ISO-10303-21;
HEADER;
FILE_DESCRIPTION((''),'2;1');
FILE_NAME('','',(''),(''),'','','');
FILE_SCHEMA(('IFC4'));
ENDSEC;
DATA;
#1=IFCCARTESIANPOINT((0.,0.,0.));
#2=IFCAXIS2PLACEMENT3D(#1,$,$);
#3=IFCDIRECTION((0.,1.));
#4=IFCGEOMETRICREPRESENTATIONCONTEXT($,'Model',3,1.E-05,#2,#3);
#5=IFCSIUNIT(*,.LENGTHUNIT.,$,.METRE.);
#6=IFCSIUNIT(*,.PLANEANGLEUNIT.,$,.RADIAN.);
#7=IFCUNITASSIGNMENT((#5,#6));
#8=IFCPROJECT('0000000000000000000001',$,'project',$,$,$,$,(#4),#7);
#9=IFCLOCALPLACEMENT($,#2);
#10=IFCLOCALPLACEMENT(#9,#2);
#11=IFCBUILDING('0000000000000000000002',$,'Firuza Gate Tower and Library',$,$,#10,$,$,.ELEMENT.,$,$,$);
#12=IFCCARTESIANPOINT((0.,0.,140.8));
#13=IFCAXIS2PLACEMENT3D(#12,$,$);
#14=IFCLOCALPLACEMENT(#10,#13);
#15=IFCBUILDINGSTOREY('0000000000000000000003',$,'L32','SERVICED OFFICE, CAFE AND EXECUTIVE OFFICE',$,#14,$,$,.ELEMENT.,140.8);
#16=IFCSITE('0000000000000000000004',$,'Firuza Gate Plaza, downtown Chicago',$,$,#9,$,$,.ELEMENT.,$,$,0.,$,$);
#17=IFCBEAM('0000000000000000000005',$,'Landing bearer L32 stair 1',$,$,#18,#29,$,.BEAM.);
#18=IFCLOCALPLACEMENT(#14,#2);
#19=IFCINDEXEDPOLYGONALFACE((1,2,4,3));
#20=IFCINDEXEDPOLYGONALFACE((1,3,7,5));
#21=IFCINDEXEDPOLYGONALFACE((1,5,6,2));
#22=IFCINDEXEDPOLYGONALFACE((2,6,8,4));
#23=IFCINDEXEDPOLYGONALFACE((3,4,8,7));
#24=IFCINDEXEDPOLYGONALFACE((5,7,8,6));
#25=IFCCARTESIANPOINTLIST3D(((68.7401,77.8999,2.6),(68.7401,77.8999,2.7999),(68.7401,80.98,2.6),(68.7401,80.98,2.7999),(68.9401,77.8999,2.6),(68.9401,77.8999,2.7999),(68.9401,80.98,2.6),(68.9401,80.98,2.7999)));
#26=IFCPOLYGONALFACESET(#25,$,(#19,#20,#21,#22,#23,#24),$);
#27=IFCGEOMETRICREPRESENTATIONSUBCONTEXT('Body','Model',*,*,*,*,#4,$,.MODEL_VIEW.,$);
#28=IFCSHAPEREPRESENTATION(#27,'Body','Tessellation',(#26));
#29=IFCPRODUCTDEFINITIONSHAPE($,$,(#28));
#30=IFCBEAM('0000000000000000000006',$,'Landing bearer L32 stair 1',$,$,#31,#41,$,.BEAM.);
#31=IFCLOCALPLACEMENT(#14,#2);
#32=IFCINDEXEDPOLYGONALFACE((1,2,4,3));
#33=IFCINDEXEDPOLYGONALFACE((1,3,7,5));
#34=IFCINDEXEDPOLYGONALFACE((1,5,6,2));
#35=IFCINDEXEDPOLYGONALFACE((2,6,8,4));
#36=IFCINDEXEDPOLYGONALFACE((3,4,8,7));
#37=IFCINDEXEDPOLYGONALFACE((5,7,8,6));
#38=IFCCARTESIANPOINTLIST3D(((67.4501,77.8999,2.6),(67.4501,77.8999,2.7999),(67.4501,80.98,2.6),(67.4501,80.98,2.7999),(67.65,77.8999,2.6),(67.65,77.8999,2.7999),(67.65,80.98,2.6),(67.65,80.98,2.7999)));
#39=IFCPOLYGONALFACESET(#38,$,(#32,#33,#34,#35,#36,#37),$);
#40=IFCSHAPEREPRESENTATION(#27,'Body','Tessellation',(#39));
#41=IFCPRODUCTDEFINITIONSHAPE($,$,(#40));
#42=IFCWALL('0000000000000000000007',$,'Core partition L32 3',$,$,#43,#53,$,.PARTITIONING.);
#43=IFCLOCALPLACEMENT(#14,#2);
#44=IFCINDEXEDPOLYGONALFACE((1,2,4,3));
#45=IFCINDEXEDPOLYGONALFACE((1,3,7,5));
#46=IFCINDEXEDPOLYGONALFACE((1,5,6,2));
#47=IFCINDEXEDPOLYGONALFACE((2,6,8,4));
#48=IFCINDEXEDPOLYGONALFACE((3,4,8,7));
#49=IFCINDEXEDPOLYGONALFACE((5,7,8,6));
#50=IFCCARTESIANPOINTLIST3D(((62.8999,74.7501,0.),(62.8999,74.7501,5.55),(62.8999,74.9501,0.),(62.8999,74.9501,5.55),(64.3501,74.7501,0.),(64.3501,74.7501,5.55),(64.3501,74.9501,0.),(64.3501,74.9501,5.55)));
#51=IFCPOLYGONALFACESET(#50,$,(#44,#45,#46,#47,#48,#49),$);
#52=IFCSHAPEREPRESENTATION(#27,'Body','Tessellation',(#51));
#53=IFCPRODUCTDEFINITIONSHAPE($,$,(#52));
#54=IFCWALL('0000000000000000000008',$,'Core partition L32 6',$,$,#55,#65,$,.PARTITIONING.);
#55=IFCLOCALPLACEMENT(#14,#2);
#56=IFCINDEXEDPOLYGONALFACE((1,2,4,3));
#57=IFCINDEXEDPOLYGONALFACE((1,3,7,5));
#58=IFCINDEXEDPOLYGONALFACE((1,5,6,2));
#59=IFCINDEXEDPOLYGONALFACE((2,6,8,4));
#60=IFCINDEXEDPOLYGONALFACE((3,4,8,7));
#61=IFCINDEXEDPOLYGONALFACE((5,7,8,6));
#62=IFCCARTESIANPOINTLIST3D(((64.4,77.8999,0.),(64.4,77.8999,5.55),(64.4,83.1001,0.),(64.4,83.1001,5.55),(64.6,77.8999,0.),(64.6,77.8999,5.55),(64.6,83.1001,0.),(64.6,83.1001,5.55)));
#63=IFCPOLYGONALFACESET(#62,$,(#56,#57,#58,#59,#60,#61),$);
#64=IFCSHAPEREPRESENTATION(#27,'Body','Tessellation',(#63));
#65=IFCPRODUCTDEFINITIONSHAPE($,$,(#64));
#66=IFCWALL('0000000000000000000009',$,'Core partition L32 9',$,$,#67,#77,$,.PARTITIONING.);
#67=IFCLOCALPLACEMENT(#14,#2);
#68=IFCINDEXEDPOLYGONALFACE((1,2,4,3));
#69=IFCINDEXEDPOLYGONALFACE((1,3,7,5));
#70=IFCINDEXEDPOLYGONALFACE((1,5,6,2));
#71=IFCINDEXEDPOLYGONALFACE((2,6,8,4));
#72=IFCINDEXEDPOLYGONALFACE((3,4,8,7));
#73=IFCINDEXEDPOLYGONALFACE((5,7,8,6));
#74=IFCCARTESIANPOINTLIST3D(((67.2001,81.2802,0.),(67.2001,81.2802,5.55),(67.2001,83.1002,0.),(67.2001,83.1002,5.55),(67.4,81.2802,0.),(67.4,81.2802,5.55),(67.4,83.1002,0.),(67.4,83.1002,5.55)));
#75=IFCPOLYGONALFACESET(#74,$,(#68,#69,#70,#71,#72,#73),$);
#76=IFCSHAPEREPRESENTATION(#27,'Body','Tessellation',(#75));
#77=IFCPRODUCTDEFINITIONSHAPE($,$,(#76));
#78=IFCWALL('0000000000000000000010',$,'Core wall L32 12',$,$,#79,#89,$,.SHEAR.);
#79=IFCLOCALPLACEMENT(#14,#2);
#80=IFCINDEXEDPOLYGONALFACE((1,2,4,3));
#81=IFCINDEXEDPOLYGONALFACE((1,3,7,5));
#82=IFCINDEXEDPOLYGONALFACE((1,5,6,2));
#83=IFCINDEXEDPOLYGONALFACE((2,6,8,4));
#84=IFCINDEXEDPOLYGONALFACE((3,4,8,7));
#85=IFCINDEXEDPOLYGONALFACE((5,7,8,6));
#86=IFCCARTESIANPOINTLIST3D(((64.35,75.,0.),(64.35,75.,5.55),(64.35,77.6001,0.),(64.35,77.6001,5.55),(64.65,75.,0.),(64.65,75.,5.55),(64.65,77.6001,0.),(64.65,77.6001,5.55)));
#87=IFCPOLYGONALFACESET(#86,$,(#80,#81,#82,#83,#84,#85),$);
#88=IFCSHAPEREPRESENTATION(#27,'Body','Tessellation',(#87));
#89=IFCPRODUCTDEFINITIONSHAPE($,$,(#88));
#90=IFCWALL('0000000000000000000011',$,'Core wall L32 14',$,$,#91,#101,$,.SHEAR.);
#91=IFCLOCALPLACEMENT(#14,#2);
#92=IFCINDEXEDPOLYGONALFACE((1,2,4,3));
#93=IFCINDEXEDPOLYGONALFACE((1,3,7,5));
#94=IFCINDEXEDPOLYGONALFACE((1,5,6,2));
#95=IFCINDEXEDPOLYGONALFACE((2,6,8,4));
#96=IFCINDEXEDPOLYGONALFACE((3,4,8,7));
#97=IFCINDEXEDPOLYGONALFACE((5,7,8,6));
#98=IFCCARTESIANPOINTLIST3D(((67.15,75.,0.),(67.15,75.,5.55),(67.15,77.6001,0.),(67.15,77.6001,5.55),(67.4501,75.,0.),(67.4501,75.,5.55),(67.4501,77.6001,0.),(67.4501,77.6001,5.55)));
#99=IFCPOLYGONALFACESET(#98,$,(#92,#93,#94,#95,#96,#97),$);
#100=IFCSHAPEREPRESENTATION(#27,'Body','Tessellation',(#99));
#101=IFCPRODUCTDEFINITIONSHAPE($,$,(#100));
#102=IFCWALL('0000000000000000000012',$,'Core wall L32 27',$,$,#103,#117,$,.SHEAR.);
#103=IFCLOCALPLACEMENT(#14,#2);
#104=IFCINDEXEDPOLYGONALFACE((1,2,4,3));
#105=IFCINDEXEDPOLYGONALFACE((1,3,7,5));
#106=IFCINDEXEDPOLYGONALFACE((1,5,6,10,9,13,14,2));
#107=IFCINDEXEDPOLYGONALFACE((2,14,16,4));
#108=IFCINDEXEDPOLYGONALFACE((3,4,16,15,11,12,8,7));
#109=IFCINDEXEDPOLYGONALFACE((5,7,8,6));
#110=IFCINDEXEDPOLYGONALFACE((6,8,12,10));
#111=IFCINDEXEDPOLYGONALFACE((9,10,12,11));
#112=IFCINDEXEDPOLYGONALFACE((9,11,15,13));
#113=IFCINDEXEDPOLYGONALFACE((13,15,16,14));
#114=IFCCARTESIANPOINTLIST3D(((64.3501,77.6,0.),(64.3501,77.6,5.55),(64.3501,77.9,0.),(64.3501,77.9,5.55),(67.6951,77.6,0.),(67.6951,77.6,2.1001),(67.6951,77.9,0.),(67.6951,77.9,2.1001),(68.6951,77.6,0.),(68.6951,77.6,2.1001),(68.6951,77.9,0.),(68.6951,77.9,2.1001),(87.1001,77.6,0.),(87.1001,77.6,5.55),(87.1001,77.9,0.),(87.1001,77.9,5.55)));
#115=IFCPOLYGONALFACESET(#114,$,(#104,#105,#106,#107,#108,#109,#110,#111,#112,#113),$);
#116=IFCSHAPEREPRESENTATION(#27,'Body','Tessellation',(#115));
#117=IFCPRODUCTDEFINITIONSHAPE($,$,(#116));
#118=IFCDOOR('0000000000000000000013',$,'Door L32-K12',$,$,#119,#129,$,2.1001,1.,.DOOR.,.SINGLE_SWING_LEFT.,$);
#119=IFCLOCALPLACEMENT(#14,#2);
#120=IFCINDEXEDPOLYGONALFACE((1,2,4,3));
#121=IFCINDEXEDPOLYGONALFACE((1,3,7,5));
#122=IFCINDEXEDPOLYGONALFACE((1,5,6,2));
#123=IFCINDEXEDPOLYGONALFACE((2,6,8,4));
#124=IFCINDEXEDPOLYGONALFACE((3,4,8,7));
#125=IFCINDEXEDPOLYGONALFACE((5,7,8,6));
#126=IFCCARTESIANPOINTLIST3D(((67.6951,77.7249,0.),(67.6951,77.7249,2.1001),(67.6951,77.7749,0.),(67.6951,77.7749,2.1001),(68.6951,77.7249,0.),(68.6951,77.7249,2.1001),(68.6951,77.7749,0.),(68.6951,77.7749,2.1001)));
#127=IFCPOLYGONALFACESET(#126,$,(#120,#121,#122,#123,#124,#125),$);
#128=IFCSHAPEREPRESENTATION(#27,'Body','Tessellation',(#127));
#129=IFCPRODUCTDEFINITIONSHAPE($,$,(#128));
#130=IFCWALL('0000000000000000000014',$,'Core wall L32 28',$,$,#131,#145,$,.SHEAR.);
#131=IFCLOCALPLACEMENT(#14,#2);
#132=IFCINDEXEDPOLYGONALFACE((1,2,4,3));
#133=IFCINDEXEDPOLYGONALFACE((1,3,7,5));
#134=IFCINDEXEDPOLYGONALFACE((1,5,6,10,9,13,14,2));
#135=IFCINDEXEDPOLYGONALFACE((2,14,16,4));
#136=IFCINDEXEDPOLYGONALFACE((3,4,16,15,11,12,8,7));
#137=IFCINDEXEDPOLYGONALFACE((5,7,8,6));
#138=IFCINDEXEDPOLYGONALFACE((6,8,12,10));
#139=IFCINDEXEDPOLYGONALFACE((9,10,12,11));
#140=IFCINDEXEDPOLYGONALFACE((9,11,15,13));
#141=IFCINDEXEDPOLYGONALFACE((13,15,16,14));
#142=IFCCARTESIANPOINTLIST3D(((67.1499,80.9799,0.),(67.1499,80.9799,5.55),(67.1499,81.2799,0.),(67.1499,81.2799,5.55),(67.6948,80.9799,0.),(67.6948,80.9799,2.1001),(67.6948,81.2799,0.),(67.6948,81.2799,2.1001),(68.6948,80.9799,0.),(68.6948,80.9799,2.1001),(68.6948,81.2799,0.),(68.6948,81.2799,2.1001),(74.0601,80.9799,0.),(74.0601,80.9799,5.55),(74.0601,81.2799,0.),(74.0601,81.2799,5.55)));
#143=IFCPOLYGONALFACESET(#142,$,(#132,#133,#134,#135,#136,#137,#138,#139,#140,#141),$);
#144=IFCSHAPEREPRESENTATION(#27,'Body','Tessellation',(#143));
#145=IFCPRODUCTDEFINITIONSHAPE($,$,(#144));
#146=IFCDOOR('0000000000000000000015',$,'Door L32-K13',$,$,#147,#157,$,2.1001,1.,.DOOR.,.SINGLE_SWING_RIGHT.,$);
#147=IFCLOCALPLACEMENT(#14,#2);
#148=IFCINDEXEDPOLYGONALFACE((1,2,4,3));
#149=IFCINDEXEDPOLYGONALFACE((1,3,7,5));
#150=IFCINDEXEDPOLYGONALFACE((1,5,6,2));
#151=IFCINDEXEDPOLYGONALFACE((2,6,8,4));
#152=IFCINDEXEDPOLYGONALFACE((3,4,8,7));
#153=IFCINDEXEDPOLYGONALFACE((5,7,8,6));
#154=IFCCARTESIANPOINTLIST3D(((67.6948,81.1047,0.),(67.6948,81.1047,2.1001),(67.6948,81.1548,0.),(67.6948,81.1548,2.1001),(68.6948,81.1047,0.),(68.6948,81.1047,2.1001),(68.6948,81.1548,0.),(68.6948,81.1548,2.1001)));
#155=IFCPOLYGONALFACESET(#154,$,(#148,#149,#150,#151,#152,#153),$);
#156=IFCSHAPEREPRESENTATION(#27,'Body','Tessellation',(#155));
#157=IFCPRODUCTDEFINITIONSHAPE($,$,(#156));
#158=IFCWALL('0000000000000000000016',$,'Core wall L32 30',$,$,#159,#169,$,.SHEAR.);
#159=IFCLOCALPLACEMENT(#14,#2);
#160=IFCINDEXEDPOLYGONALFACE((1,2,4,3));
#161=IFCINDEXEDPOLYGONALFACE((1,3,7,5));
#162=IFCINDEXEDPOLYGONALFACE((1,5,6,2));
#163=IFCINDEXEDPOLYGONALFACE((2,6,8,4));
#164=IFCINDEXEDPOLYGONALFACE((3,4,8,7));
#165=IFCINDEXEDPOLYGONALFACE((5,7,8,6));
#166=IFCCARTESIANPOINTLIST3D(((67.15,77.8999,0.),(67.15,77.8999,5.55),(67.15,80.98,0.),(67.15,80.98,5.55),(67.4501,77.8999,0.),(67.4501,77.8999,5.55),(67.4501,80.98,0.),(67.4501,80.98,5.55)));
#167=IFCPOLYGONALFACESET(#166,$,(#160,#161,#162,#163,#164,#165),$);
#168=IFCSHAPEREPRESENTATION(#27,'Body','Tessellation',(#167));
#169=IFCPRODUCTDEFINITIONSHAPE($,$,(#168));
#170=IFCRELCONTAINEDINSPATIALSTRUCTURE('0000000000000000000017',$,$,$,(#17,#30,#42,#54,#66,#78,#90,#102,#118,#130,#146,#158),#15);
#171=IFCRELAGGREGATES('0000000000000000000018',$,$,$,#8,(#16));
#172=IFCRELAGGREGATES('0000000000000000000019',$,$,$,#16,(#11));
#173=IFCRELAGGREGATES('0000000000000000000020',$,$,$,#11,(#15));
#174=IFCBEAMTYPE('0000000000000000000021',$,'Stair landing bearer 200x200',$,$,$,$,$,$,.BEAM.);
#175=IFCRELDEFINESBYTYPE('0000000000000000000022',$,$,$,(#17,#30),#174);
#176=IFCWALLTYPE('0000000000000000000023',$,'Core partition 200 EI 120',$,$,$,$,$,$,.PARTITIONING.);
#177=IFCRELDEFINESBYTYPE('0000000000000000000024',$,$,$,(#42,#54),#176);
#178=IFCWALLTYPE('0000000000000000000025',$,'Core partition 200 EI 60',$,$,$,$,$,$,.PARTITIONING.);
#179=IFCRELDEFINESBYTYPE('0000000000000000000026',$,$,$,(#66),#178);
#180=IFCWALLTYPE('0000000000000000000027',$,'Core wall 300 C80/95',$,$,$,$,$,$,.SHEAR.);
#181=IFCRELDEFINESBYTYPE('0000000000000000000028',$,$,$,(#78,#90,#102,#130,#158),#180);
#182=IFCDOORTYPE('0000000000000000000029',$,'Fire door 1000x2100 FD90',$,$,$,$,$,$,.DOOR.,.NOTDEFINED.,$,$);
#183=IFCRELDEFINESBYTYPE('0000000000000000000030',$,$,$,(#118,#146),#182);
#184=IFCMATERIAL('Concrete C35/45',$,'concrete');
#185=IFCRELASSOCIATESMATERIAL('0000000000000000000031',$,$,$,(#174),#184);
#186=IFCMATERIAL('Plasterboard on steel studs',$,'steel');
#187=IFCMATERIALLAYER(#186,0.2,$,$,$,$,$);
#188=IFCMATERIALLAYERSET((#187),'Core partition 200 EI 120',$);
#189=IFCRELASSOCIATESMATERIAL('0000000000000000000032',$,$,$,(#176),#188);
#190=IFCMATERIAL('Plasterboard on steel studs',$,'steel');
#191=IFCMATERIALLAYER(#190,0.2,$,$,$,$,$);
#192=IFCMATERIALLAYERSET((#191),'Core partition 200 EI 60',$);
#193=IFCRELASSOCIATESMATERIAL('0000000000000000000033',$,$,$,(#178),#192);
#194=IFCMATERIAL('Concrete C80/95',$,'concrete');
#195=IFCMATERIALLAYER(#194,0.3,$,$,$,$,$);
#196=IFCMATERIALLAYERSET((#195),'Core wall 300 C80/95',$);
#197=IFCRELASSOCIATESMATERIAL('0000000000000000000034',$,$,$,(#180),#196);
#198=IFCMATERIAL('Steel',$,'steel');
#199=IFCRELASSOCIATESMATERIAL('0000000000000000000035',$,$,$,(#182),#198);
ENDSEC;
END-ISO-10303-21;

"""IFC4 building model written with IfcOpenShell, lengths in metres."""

from ifc_helpers import new_model, si_unit, direction, frame, frame_2d, origin, origin_2d, place, context, subcontext, project, spatial, rectangle, extrude, material, layer, layer_set, material_profile, profile_set, type_object, element, fill, save


model = new_model("IFC4")

# Units and contexts
model_context = context("Model", 3, precision=1e-05, world=origin(), true_north=direction((0.0, 1.0)))
body_context = subcontext(model_context, "Body", "Model", "MODEL_VIEW")
ifc_project = project(units=[si_unit("LENGTHUNIT", "METRE"), si_unit("PLANEANGLEUNIT", "RADIAN")], contexts=[model_context])

# Site, building, storey
site_placement = place(None, origin())
site = spatial("IfcSite", under=ifc_project, at=site_placement, Name="Firuza Gate Plaza, downtown Chicago", CompositionType="ELEMENT", RefElevation=0.0)
building_placement = place(site_placement, origin())
building = spatial("IfcBuilding", under=site, at=building_placement, Name="Firuza Gate Tower and Library", CompositionType="ELEMENT")
storey_placement = place(building_placement, frame((0.0, 0.0, 140.8)))
storey = spatial("IfcBuildingStorey", under=building, at=storey_placement, Name="L32", Description="SERVICED OFFICE, CAFE AND EXECUTIVE OFFICE", CompositionType="ELEMENT", Elevation=140.8)

# Beams
ifc_material_1 = material(Name="Concrete C35/45", Category="concrete")
ifc_material_profile = material_profile(ifc_material_1, rectangle(XDim=0.2, YDim=0.2, at=origin_2d()))
ifc_profile_set = profile_set([ifc_material_profile], Name="Concrete C35/45")
beam_type = type_object("IfcBeamType", Name="Stair landing bearer 200x200", PredefinedType="BEAM", material=ifc_profile_set)
for number, where, z_axis, x_axis, name in (
    (1, (68.8401, 77.8999, 2.7), (0.0, 1.0, 0.0), (-1.0, 0.0, 0.0), "Landing bearer L32 stair 1"),
    (2, (67.55, 77.8999, 2.7), (0.0, 1.0, 0.0), (-1.0, 0.0, 0.0), "Landing bearer L32 stair 1"),
):
    element("IfcBeam", number, at=place(storey_placement, frame(where, z_axis=z_axis, x_axis=x_axis)), inside=storey, type_object=beam_type, Name=name, PredefinedType="BEAM", context=body_context, shape_type="SweptSolid", body=[
        extrude(rectangle(XDim=0.2, YDim=0.2, at=origin_2d()), origin(), (0.0, 0.0, 1.0), 3.0801),
    ])

# Walls
ifc_material_2 = material(Name="Plasterboard on steel studs", Category="steel")
ifc_layer_1 = layer(ifc_material_2, 0.2)
ifc_layer_set_1 = layer_set([ifc_layer_1], Name="Core partition 200 EI 120")
wall_type_1 = type_object("IfcWallType", Name="Core partition 200 EI 120", PredefinedType="PARTITIONING", material=ifc_layer_set_1)
wall_1_placement = place(storey_placement, frame((62.8999, 74.8501, 0.0), z_axis=(0.0, 0.0, 1.0), x_axis=(1.0, 0.0, 0.0)))
element("IfcWall", 3, at=wall_1_placement, inside=storey, type_object=wall_type_1, Name="Core partition L32 3", PredefinedType="PARTITIONING", context=body_context, shape_type="SweptSolid", body=[
    extrude(rectangle(XDim=1.4502, YDim=0.2, at=frame_2d((0.7251, 0.0))), origin(), (0.0, 0.0, 1.0), 5.55),
])
wall_2_placement = place(storey_placement, frame((64.5, 77.8999, 0.0), z_axis=(0.0, 0.0, 1.0), x_axis=(0.0, 1.0, 0.0)))
element("IfcWall", 4, at=wall_2_placement, inside=storey, type_object=wall_type_1, Name="Core partition L32 6", PredefinedType="PARTITIONING", context=body_context, shape_type="SweptSolid", body=[
    extrude(rectangle(XDim=5.2002, YDim=0.2, at=frame_2d((2.6001, 0.0))), origin(), (0.0, 0.0, 1.0), 5.55),
])
ifc_material_3 = material(Name="Plasterboard on steel studs", Category="steel")
ifc_layer_2 = layer(ifc_material_3, 0.2)
ifc_layer_set_2 = layer_set([ifc_layer_2], Name="Core partition 200 EI 60")
wall_type_2 = type_object("IfcWallType", Name="Core partition 200 EI 60", PredefinedType="PARTITIONING", material=ifc_layer_set_2)
wall_3_placement = place(storey_placement, frame((67.3, 81.28, 0.0), z_axis=(0.0, 0.0, 1.0), x_axis=(0.0, 1.0, 0.0)))
element("IfcWall", 5, at=wall_3_placement, inside=storey, type_object=wall_type_2, Name="Core partition L32 9", PredefinedType="PARTITIONING", context=body_context, shape_type="SweptSolid", body=[
    extrude(rectangle(XDim=1.8201, YDim=0.2, at=frame_2d((0.9102, 0.0))), origin(), (0.0, 0.0, 1.0), 5.55),
])
ifc_material_4 = material(Name="Concrete C80/95", Category="concrete")
ifc_layer_3 = layer(ifc_material_4, 0.3)
ifc_layer_set_3 = layer_set([ifc_layer_3], Name="Core wall 300 C80/95")
wall_type_3 = type_object("IfcWallType", Name="Core wall 300 C80/95", PredefinedType="SHEAR", material=ifc_layer_set_3)
for number, where, z_axis, x_axis, name in (
    (6, (64.5, 75.0, 0.0), (0.0, 0.0, 1.0), (0.0, 1.0, 0.0), "Core wall L32 12"),
    (7, (67.3, 75.0, 0.0), (0.0, 0.0, 1.0), (0.0, 1.0, 0.0), "Core wall L32 14"),
):
    element("IfcWall", number, at=place(storey_placement, frame(where, z_axis=z_axis, x_axis=x_axis)), inside=storey, type_object=wall_type_3, Name=name, PredefinedType="SHEAR", context=body_context, shape_type="SweptSolid", body=[
        extrude(rectangle(XDim=2.6001, YDim=0.3, at=frame_2d((1.3, 0.0))), origin(), (0.0, 0.0, 1.0), 5.55),
    ])

# Walls, openings, doors
wall_4_placement = place(storey_placement, frame((64.3501, 77.75, 0.0), z_axis=(0.0, 0.0, 1.0), x_axis=(1.0, 0.0, 0.0)))
wall_4 = element("IfcWall", 8, at=wall_4_placement, inside=storey, type_object=wall_type_3, Name="Core wall L32 27", PredefinedType="SHEAR", context=body_context, shape_type="SweptSolid", body=[
    extrude(rectangle(XDim=22.75, YDim=0.3, at=frame_2d((11.375, 0.0))), origin(), (0.0, 0.0, 1.0), 5.55),
])
opening_1_placement = place(wall_4_placement, frame((3.345, 0.0, 0.0)))
opening_1 = element("IfcOpeningElement", 9, at=opening_1_placement, cuts=wall_4, PredefinedType="OPENING", context=body_context, shape_type="SweptSolid", body=[
    extrude(rectangle(XDim=1.0, YDim=2.1001, at=frame_2d((0.5, 1.05))), frame((0.0, 0.1602, 0.0), z_axis=(0.0, -1.0, 0.0), x_axis=(1.0, 0.0, 0.0)), (0.0, 0.0, 1.0), 0.3201),
])
ifc_material_5 = material(Name="Steel", Category="steel")
door_type_1 = type_object("IfcDoorType", Name="Fire door 1000x2100 FD90", OperationType="NOTDEFINED", PredefinedType="DOOR", material=ifc_material_5)
door_1_placement = place(opening_1_placement, origin())
door_1 = element("IfcDoor", 10, at=door_1_placement, inside=storey, type_object=door_type_1, Name="Door L32-K12", OperationType="SINGLE_SWING_LEFT", OverallHeight=2.1001, OverallWidth=1.0, PredefinedType="DOOR", context=body_context, shape_type="SweptSolid", body=[
    extrude(rectangle(XDim=1.0, YDim=2.1001, at=frame_2d((0.5, 1.05))), frame((0.0, 0.0249, 0.0), z_axis=(0.0, -1.0, 0.0), x_axis=(1.0, 0.0, 0.0)), (0.0, 0.0, 1.0), 0.05),
])
fill(opening_1, door_1)
wall_5_placement = place(storey_placement, frame((67.1499, 81.1299, 0.0), z_axis=(0.0, 0.0, 1.0), x_axis=(1.0, 0.0, 0.0)))
wall_5 = element("IfcWall", 11, at=wall_5_placement, inside=storey, type_object=wall_type_3, Name="Core wall L32 28", PredefinedType="SHEAR", context=body_context, shape_type="SweptSolid", body=[
    extrude(rectangle(XDim=6.9102, YDim=0.3, at=frame_2d((3.4551, 0.0))), origin(), (0.0, 0.0, 1.0), 5.55),
])
opening_2_placement = place(wall_5_placement, frame((0.5449, 0.0, 0.0)))
opening_2 = element("IfcOpeningElement", 12, at=opening_2_placement, cuts=wall_5, PredefinedType="OPENING", context=body_context, shape_type="SweptSolid", body=[
    extrude(rectangle(XDim=1.0, YDim=2.1001, at=frame_2d((0.5, 1.05))), frame((0.0, 0.1602, 0.0), z_axis=(0.0, -1.0, 0.0), x_axis=(1.0, 0.0, 0.0)), (0.0, 0.0, 1.0), 0.3201),
])
door_2_placement = place(opening_2_placement, origin())
door_2 = element("IfcDoor", 13, at=door_2_placement, inside=storey, type_object=door_type_1, Name="Door L32-K13", OperationType="SINGLE_SWING_RIGHT", OverallHeight=2.1001, OverallWidth=1.0, PredefinedType="DOOR", context=body_context, shape_type="SweptSolid", body=[
    extrude(rectangle(XDim=1.0, YDim=2.1001, at=frame_2d((0.5, 1.05))), frame((0.0, 0.0249, 0.0), z_axis=(0.0, -1.0, 0.0), x_axis=(1.0, 0.0, 0.0)), (0.0, 0.0, 1.0), 0.05),
])
fill(opening_2, door_2)

# Wall
wall_6_placement = place(storey_placement, frame((67.3, 77.8999, 0.0), z_axis=(0.0, 0.0, 1.0), x_axis=(0.0, 1.0, 0.0)))
element("IfcWall", 14, at=wall_6_placement, inside=storey, type_object=wall_type_3, Name="Core wall L32 30", PredefinedType="SHEAR", context=body_context, shape_type="SweptSolid", body=[
    extrude(rectangle(XDim=3.0801, YDim=0.3, at=frame_2d((1.54, 0.0))), origin(), (0.0, 0.0, 1.0), 5.55),
])

save(model, "model.ifc")
